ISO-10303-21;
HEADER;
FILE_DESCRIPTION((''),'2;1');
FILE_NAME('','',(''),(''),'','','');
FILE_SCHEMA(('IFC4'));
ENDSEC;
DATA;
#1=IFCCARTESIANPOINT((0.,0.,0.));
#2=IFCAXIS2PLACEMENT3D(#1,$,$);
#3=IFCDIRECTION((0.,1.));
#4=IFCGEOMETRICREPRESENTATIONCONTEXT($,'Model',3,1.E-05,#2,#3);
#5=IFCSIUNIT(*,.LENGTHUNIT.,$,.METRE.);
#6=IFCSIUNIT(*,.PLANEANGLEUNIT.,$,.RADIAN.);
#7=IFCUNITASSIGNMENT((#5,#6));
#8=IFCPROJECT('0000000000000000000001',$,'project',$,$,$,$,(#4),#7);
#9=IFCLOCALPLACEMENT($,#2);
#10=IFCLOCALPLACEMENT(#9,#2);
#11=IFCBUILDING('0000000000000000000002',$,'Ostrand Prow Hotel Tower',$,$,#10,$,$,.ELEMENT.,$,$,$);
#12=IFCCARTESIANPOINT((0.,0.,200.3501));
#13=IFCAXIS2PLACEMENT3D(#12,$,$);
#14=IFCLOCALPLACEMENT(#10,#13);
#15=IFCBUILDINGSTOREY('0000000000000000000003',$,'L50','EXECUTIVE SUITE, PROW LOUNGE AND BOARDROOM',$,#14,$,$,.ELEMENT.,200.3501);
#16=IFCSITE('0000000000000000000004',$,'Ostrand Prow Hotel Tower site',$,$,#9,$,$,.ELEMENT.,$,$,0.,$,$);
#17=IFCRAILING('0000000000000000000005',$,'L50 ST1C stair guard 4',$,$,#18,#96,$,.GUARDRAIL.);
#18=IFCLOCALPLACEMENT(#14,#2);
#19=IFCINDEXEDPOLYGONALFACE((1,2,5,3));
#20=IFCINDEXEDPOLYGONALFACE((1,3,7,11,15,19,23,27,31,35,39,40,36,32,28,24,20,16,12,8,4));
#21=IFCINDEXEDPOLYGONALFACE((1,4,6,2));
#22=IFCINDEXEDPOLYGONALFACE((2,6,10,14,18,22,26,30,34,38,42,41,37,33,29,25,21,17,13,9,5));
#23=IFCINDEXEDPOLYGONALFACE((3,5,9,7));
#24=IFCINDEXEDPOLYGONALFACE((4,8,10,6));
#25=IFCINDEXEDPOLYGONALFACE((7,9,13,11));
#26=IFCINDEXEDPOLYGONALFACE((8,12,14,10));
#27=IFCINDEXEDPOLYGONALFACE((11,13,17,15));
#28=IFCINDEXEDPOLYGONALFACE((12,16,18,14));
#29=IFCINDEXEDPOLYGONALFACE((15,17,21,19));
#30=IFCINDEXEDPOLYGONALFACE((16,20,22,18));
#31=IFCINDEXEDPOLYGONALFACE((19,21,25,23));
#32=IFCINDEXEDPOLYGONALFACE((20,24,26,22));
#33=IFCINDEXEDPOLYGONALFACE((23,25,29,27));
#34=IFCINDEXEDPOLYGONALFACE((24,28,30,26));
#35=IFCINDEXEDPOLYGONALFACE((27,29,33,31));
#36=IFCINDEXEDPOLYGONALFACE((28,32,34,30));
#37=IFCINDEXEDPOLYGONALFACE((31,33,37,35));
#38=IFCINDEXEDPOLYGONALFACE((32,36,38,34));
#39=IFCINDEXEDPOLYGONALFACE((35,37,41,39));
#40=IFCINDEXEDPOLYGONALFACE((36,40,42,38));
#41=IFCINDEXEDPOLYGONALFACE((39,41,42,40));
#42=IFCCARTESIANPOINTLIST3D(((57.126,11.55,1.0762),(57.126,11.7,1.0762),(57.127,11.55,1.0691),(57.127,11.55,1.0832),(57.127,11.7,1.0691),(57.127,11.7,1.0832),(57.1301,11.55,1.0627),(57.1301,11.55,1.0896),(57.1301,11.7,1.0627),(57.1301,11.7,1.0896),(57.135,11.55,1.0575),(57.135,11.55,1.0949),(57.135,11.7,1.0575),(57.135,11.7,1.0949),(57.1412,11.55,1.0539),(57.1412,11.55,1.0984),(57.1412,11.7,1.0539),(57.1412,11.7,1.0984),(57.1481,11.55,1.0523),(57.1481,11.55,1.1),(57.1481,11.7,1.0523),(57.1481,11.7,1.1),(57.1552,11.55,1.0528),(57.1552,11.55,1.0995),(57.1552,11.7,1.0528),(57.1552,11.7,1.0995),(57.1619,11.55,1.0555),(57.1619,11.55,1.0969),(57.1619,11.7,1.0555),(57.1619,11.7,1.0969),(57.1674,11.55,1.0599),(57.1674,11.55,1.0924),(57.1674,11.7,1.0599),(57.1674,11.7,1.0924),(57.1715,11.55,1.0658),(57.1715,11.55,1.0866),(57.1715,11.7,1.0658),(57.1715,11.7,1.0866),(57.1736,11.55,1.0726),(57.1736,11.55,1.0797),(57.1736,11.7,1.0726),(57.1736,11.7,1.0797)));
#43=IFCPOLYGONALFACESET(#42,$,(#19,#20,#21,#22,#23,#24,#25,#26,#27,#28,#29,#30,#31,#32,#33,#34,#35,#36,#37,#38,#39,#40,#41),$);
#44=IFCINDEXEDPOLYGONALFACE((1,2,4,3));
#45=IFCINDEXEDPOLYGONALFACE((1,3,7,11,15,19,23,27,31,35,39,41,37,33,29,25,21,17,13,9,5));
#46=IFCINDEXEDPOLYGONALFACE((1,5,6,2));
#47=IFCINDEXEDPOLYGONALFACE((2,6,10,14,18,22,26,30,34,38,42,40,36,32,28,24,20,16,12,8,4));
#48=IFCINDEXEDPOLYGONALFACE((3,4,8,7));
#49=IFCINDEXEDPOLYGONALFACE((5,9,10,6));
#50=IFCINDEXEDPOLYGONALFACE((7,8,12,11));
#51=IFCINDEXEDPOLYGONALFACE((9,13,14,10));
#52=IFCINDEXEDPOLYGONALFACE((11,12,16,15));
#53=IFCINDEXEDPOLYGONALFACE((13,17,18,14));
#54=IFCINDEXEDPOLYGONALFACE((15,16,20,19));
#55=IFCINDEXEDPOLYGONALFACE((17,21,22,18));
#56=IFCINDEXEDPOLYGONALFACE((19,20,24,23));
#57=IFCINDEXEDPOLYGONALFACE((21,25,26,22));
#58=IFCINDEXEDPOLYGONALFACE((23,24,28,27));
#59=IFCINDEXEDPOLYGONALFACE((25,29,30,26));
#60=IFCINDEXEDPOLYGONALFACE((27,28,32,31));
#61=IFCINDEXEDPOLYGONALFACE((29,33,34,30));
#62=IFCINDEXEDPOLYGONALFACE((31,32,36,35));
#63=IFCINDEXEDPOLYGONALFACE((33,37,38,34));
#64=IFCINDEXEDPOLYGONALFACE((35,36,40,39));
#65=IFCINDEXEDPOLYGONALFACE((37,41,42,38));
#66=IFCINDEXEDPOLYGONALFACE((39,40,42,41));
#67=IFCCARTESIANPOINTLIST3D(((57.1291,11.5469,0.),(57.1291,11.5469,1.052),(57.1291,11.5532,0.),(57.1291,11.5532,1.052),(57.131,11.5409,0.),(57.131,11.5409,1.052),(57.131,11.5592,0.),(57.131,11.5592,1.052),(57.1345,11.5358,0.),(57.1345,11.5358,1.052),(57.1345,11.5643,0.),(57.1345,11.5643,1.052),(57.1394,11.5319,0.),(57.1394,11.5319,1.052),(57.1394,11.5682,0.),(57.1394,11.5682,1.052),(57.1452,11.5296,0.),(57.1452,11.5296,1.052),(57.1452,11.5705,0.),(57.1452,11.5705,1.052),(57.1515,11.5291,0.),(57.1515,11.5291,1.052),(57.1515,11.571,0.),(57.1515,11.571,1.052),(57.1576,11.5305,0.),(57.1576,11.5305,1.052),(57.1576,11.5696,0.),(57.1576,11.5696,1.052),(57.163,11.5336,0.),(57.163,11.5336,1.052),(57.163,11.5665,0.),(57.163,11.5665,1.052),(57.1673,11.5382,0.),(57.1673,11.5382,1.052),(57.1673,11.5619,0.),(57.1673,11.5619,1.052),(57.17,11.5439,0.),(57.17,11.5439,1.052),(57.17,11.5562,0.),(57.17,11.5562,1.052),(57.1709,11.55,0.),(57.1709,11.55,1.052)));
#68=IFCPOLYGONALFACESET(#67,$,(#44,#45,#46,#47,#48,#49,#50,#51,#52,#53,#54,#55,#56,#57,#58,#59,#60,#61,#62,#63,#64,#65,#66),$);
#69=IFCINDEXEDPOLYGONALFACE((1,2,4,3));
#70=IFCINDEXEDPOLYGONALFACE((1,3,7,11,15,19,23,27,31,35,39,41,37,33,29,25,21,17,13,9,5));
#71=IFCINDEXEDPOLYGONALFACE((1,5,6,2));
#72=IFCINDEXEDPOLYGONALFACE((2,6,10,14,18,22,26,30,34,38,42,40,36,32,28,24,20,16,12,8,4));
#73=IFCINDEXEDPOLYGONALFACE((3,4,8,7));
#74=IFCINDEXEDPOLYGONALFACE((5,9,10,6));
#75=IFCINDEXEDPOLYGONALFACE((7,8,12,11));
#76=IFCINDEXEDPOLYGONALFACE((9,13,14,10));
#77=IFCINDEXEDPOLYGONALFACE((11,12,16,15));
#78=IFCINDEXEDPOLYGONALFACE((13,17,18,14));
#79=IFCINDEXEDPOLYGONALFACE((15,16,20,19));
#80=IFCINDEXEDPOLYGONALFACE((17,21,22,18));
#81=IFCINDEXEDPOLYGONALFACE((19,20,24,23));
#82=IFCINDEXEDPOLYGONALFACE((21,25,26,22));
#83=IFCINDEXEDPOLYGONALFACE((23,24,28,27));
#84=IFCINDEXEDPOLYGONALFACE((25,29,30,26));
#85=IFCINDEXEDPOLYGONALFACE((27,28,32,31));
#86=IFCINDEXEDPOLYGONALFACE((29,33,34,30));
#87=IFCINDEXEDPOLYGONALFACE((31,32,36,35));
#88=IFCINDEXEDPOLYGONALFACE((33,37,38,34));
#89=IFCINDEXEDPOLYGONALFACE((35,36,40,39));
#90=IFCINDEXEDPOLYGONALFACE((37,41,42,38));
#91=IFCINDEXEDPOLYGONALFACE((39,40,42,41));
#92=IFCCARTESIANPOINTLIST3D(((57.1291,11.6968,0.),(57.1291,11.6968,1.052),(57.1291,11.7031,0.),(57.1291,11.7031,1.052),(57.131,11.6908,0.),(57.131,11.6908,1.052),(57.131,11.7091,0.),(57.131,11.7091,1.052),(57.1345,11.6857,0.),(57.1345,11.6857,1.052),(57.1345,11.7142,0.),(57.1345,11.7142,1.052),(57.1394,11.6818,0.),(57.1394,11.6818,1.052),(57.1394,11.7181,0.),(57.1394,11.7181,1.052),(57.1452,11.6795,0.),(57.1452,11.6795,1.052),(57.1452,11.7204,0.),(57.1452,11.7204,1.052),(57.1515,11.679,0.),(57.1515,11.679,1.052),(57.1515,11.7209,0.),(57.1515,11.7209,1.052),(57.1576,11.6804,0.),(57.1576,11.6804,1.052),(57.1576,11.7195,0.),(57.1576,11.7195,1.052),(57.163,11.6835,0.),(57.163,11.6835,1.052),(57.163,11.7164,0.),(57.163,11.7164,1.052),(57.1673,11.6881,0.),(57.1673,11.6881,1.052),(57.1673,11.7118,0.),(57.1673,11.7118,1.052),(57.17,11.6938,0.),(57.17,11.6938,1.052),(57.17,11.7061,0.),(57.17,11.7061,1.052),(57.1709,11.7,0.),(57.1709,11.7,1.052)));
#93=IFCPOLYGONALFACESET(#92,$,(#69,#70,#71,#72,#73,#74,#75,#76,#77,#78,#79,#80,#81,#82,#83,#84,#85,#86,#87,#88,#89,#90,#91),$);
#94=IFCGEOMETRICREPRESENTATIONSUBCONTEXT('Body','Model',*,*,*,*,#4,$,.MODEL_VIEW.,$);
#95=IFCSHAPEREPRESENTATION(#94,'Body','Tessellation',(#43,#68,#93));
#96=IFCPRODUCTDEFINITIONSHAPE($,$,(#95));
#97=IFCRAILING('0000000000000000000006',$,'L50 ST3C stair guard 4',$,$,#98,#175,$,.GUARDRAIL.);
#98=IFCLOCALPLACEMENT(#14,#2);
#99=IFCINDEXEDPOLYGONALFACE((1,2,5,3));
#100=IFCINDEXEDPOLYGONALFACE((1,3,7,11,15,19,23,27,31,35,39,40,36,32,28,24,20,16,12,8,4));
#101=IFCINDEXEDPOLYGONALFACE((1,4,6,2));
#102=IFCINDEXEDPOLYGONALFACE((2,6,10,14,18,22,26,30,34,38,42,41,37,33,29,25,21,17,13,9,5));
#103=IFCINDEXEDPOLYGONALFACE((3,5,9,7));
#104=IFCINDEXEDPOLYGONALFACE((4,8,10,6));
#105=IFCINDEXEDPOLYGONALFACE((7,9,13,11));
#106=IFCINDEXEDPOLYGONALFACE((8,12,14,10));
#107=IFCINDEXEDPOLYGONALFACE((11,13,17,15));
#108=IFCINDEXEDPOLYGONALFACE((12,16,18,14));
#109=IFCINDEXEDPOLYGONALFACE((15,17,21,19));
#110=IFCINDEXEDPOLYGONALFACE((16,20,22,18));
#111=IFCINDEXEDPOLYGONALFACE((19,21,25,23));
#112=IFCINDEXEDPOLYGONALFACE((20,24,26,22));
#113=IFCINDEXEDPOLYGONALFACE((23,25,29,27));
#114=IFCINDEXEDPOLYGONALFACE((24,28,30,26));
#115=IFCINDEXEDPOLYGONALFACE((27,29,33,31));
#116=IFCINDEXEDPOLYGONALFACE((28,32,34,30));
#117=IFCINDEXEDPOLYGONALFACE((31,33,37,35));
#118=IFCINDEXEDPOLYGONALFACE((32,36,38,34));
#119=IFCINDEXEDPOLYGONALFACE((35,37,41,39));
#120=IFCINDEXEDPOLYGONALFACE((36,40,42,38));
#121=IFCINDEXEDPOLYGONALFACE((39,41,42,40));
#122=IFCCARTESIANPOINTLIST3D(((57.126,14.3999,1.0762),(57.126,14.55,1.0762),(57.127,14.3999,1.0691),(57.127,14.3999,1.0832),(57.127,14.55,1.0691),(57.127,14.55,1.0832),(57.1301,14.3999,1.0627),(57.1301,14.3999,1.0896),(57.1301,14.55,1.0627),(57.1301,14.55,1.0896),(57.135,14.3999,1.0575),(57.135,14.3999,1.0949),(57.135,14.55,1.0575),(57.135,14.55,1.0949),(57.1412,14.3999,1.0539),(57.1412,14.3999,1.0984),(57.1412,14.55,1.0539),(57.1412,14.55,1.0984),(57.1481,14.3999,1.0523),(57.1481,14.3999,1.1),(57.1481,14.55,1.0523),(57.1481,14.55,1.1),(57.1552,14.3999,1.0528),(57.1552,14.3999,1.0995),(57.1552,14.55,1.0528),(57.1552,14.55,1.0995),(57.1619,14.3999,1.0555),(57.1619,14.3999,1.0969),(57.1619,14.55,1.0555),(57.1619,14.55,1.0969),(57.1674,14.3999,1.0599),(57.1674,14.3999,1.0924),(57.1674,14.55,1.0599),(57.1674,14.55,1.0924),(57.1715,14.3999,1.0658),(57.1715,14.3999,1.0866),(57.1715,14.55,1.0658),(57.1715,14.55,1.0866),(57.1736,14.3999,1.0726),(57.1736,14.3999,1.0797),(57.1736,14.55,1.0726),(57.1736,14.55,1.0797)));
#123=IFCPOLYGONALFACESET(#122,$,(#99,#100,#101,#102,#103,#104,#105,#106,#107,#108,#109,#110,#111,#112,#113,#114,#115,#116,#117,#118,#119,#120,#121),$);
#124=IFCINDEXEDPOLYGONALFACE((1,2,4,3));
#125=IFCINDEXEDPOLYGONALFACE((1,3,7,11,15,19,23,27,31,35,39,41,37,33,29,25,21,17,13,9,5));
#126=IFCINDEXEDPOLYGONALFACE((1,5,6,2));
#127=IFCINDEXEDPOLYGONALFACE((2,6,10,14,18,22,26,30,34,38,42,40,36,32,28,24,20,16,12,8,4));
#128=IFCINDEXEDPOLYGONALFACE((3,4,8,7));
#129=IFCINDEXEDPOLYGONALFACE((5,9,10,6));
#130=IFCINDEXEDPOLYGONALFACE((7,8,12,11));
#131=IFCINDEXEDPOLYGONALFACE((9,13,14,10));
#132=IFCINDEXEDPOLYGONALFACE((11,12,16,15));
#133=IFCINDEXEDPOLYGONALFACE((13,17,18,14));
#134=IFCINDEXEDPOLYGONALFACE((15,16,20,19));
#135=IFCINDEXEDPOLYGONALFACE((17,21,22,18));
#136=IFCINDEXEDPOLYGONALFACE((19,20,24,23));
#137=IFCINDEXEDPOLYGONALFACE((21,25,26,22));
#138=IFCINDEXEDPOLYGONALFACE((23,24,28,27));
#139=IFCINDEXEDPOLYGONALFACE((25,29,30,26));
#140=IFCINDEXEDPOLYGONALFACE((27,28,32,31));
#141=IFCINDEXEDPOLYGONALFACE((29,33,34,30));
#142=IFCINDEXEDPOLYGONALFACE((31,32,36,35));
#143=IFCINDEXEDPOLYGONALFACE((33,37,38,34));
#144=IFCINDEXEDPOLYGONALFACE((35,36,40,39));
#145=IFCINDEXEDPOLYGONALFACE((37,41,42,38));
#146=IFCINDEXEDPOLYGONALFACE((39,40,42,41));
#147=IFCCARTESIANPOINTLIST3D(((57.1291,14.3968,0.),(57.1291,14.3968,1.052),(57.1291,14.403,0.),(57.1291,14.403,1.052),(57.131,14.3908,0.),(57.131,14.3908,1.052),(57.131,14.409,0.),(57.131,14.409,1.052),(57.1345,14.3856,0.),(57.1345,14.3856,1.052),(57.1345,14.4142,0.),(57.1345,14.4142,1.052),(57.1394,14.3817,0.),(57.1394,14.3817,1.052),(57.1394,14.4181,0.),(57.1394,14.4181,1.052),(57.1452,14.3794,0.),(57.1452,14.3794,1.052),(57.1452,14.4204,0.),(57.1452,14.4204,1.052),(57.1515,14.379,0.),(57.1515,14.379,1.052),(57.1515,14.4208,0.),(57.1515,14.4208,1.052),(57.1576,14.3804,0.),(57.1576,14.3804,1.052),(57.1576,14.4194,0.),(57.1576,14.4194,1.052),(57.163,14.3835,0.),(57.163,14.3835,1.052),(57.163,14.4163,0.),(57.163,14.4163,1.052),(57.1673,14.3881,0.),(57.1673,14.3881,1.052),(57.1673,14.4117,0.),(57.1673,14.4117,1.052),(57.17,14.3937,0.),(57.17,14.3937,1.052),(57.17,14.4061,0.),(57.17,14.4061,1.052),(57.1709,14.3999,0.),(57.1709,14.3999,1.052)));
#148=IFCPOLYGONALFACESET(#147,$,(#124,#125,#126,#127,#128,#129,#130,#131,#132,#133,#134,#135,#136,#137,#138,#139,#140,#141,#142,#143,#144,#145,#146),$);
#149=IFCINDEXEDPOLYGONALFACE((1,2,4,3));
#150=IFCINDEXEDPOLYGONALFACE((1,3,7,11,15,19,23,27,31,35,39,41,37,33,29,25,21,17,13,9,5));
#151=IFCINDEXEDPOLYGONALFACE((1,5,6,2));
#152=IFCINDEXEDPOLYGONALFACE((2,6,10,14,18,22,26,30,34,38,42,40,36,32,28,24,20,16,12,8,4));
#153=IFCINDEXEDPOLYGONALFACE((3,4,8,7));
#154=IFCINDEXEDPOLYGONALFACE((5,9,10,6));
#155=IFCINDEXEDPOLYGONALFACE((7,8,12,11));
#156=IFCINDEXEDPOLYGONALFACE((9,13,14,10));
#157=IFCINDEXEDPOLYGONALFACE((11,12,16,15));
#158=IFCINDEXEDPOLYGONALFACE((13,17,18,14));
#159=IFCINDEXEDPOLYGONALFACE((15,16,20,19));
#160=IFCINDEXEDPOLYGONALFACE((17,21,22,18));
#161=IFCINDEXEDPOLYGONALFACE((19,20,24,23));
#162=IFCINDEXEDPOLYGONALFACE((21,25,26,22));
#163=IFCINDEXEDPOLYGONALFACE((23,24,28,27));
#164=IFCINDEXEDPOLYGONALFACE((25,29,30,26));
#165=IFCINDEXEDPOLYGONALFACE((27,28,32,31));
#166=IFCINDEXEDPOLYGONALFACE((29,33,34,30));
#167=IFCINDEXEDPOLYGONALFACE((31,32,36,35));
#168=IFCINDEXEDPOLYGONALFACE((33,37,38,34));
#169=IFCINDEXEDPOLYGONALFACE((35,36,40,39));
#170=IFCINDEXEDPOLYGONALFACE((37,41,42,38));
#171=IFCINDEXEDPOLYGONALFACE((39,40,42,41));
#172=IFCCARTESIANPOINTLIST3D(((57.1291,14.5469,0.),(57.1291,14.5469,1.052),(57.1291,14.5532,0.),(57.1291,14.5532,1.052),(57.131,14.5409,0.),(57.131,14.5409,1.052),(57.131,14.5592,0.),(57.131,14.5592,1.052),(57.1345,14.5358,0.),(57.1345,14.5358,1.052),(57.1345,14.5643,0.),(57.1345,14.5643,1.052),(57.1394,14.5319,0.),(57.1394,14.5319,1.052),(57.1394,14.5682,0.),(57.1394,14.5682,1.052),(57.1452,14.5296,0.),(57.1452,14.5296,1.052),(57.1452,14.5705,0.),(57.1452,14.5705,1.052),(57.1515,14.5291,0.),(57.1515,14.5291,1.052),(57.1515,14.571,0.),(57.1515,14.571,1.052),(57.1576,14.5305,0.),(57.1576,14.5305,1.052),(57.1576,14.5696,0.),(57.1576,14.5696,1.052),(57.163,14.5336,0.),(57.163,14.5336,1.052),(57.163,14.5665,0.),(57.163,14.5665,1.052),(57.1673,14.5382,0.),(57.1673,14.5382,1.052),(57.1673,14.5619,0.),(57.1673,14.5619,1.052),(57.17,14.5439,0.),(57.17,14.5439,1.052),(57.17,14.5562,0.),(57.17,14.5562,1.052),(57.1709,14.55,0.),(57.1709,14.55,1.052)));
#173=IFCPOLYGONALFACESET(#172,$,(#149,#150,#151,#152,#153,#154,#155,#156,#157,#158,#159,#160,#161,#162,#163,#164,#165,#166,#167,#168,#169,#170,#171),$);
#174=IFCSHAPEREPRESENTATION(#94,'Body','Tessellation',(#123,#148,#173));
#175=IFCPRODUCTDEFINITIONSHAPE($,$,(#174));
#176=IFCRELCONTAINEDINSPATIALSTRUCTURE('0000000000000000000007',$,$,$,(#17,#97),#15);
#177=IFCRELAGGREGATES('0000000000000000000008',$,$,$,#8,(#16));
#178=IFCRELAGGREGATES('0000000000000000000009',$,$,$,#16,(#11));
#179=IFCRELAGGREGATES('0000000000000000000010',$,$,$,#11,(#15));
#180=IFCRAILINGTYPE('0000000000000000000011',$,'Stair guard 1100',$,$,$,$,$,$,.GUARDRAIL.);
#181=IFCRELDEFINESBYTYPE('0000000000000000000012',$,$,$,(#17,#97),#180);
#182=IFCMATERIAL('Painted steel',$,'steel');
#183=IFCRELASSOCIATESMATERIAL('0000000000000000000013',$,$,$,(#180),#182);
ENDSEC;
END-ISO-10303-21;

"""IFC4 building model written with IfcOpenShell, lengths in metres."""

from ifc_helpers import new_model, si_unit, direction, frame, origin, origin_2d, place, context, subcontext, project, spatial, circle, extrude, material, type_object, element, save


model = new_model("IFC4")

# Units and contexts
model_context = context("Model", 3, precision=1e-05, world=origin(), true_north=direction((0.0, 1.0)))
body_context = subcontext(model_context, "Body", "Model", "MODEL_VIEW")
ifc_project = project(units=[si_unit("LENGTHUNIT", "METRE"), si_unit("PLANEANGLEUNIT", "RADIAN")], contexts=[model_context])

# Site, building, storey
site_placement = place(None, origin())
site = spatial("IfcSite", under=ifc_project, at=site_placement, Name="Ostrand Prow Hotel Tower site", CompositionType="ELEMENT", RefElevation=0.0)
building_placement = place(site_placement, origin())
building = spatial("IfcBuilding", under=site, at=building_placement, Name="Ostrand Prow Hotel Tower", CompositionType="ELEMENT")
storey_placement = place(building_placement, frame((0.0, 0.0, 200.3501)))
storey = spatial("IfcBuildingStorey", under=building, at=storey_placement, Name="L50", Description="EXECUTIVE SUITE, PROW LOUNGE AND BOARDROOM", CompositionType="ELEMENT", Elevation=200.3501)

# Railings
ifc_material_1 = material(Name="Painted steel", Category="steel")
railing_type = type_object("IfcRailingType", Name="Stair guard 1100", PredefinedType="GUARDRAIL", material=ifc_material_1)
railing_1_placement = place(storey_placement, frame((57.1499, 11.55, 0.0)))
element("IfcRailing", 1, at=railing_1_placement, inside=storey, type_object=railing_type, Name="L50 ST1C stair guard 4", PredefinedType="GUARDRAIL", context=body_context, shape_type="SweptSolid", body=[
    extrude(circle(Radius=0.0239, at=origin_2d()), frame((0.0, 0.0, 1.0762), z_axis=(0.0, 1.0, 0.0), x_axis=(-1.0, 0.0, 0.0)), (0.0, 0.0, 1.0), 0.1499),
    extrude(circle(Radius=0.021, at=origin_2d()), origin(), (0.0, 0.0, 1.0), 1.052),
    extrude(circle(Radius=0.021, at=origin_2d()), frame((0.0, 0.1499, 0.0)), (0.0, 0.0, 1.0), 1.052),
])
railing_2_placement = place(storey_placement, frame((57.1499, 14.3999, 0.0)))
element("IfcRailing", 2, at=railing_2_placement, inside=storey, type_object=railing_type, Name="L50 ST3C stair guard 4", PredefinedType="GUARDRAIL", context=body_context, shape_type="SweptSolid", body=[
    extrude(circle(Radius=0.0239, at=origin_2d()), frame((0.0, 0.0, 1.0762), z_axis=(0.0, 1.0, 0.0), x_axis=(-1.0, 0.0, 0.0)), (0.0, 0.0, 1.0), 0.1501),
    extrude(circle(Radius=0.021, at=origin_2d()), origin(), (0.0, 0.0, 1.0), 1.052),
    extrude(circle(Radius=0.021, at=origin_2d()), frame((0.0, 0.1501, 0.0)), (0.0, 0.0, 1.0), 1.052),
])

save(model, "model.ifc")
